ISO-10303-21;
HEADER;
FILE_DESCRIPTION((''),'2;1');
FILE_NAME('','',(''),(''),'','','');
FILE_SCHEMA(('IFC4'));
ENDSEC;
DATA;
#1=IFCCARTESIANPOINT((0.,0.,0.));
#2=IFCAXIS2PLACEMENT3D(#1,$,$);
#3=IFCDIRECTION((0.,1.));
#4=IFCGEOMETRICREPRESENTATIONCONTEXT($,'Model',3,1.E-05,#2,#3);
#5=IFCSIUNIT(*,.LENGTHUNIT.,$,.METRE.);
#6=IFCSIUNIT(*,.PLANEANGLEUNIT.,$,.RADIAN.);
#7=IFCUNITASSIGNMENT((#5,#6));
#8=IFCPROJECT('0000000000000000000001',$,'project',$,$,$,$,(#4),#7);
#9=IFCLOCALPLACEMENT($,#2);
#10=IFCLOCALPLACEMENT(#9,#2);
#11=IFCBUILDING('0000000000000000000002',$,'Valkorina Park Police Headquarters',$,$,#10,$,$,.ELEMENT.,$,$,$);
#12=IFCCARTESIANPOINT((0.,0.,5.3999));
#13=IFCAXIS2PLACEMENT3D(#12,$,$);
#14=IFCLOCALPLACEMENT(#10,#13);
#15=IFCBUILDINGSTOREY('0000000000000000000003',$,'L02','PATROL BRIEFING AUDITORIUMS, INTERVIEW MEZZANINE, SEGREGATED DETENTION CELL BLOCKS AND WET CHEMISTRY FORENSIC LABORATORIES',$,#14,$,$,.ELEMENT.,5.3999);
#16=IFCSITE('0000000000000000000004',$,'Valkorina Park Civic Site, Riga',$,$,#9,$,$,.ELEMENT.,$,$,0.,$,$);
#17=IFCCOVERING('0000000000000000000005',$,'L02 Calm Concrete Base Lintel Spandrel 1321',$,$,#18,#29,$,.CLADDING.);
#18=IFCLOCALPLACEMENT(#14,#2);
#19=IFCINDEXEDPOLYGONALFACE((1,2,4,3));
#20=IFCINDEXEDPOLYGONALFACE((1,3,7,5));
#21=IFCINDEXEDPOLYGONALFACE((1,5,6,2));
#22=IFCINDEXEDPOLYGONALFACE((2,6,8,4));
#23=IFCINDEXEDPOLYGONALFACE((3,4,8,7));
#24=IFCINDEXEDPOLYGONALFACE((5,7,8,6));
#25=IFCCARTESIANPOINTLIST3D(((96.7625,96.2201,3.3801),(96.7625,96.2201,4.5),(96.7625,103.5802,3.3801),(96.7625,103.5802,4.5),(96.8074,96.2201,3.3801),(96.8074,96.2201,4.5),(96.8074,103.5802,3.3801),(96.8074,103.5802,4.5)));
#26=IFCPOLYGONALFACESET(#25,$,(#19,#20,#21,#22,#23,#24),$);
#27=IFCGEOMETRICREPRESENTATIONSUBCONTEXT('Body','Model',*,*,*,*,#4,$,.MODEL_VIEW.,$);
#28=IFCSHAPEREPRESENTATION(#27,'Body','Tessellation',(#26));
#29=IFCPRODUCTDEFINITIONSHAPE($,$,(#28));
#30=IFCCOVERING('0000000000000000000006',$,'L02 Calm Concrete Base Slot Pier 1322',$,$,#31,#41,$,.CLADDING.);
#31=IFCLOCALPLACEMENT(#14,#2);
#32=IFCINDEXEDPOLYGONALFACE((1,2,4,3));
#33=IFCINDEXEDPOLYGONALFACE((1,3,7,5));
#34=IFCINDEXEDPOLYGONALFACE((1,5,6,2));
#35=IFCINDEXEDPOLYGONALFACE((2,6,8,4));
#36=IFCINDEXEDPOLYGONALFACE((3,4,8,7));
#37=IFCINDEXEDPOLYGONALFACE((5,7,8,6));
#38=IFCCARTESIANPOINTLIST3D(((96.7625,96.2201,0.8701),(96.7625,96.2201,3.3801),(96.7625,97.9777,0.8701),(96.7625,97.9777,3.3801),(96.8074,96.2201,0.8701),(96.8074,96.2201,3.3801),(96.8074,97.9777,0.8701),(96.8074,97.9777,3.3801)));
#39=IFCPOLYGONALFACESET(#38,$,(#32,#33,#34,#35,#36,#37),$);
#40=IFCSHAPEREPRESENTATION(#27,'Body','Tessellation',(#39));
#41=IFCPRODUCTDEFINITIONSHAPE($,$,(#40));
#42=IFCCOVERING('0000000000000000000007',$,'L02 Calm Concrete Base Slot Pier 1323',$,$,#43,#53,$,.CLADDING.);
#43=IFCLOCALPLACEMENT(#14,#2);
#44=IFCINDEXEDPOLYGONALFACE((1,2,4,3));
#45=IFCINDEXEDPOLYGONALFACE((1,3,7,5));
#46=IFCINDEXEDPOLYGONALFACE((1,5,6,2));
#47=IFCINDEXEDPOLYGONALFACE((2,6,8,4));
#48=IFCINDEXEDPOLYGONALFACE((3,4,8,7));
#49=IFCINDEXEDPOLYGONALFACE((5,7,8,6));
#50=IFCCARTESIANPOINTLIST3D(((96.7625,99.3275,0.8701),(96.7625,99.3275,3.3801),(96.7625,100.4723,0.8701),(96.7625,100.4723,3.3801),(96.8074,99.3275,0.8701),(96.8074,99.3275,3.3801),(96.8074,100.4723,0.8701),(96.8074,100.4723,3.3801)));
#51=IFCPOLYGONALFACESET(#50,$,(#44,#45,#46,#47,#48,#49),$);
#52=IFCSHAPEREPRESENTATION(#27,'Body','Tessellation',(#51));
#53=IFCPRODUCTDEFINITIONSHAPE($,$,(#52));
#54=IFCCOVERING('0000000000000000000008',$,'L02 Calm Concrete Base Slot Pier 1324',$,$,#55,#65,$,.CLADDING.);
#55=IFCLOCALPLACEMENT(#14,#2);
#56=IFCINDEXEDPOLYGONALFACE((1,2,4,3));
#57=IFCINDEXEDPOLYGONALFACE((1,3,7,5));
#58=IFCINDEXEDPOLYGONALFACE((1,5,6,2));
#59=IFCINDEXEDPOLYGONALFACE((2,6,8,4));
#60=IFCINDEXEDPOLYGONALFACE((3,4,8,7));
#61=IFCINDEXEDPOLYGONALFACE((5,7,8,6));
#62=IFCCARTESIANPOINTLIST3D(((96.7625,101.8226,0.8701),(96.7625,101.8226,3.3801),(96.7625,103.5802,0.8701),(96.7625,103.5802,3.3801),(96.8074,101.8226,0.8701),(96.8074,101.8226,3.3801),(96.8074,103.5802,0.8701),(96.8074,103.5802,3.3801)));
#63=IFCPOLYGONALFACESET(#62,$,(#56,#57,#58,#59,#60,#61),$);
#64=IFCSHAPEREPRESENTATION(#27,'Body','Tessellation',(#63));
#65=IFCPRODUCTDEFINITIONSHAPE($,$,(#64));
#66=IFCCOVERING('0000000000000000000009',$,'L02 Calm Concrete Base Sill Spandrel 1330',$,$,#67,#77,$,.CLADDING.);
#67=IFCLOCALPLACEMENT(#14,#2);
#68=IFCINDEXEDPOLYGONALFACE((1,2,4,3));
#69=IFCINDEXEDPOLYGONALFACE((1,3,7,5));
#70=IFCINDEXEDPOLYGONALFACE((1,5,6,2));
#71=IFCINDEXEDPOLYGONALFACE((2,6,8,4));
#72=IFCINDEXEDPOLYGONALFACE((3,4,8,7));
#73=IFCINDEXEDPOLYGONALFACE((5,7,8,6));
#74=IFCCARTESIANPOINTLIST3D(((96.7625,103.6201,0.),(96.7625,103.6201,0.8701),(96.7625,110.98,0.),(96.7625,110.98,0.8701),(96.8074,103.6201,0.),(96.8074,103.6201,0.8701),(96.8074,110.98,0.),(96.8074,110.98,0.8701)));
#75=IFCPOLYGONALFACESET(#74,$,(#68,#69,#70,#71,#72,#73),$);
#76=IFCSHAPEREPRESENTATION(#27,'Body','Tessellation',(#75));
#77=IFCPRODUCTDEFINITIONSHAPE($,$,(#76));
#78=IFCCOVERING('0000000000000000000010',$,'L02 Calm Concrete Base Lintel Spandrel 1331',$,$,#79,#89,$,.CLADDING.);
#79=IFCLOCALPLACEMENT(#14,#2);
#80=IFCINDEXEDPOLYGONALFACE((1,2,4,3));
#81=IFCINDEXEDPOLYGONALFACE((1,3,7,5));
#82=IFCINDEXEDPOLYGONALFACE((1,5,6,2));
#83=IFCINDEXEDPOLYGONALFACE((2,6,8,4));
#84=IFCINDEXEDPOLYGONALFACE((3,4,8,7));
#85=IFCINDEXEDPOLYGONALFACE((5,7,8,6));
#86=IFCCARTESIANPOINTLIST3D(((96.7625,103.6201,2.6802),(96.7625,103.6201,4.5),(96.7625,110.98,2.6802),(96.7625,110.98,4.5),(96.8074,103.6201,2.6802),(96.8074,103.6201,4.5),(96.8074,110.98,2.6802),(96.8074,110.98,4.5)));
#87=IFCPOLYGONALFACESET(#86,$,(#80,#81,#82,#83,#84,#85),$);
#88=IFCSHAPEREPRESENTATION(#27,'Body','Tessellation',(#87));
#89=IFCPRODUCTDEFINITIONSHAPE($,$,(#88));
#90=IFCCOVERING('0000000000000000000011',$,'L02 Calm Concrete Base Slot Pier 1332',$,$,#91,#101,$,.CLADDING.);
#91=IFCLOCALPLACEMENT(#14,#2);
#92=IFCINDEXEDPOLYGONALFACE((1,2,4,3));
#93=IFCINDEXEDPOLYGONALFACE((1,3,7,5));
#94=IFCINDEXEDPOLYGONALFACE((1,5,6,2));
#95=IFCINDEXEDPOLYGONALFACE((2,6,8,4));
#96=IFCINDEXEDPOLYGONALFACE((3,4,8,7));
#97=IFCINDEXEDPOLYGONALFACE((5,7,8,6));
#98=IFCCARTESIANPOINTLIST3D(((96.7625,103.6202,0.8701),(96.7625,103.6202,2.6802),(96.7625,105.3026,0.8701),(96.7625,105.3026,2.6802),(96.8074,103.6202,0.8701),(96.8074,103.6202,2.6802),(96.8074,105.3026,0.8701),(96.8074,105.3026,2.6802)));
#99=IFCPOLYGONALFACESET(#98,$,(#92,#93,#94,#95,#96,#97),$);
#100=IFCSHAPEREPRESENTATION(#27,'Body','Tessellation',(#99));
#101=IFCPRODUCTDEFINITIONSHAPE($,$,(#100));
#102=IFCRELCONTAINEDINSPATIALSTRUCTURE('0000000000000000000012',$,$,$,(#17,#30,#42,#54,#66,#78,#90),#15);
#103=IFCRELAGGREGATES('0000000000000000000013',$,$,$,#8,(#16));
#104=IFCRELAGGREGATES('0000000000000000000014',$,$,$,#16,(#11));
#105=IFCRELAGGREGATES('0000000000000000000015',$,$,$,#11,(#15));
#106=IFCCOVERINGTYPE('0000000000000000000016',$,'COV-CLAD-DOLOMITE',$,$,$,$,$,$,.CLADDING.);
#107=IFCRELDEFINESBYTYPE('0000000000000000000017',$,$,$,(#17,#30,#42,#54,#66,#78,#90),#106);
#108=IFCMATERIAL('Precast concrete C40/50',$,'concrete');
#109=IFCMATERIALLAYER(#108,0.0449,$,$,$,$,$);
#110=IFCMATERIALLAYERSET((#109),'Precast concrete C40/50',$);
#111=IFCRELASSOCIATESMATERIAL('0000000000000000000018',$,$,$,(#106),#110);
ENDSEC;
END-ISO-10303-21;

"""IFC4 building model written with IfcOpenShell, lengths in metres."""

from ifc_helpers import new_model, si_unit, direction, frame, frame_2d, origin, place, context, subcontext, project, spatial, rectangle, extrude, material, layer, layer_set, type_object, element, save


model = new_model("IFC4")

# Units and contexts
model_context = context("Model", 3, precision=1e-05, world=origin(), true_north=direction((0.0, 1.0)))
body_context = subcontext(model_context, "Body", "Model", "MODEL_VIEW")
ifc_project = project(units=[si_unit("LENGTHUNIT", "METRE"), si_unit("PLANEANGLEUNIT", "RADIAN")], contexts=[model_context])

# Site, building, storey
site_placement = place(None, origin())
site = spatial("IfcSite", under=ifc_project, at=site_placement, Name="Valkorina Park Civic Site, Riga", CompositionType="ELEMENT", RefElevation=0.0)
building_placement = place(site_placement, origin())
building = spatial("IfcBuilding", under=site, at=building_placement, Name="Valkorina Park Police Headquarters", CompositionType="ELEMENT")
storey_placement = place(building_placement, frame((0.0, 0.0, 5.3999)))
storey = spatial("IfcBuildingStorey", under=building, at=storey_placement, Name="L02", Description="PATROL BRIEFING AUDITORIUMS, INTERVIEW MEZZANINE, SEGREGATED DETENTION CELL BLOCKS AND WET CHEMISTRY FORENSIC LABORATORIES", CompositionType="ELEMENT", Elevation=5.3999)

# Coverings
ifc_material_1 = material(Name="Precast concrete C40/50", Category="concrete")
ifc_layer_1 = layer(ifc_material_1, 0.0449)
ifc_layer_set_1 = layer_set([ifc_layer_1], Name="Precast concrete C40/50")
covering_type = type_object("IfcCoveringType", Name="COV-CLAD-DOLOMITE", PredefinedType="CLADDING", material=ifc_layer_set_1)
covering_1_placement = place(storey_placement, frame((96.7849, 96.22, 3.3801), z_axis=(0.0, 0.0, 1.0), x_axis=(0.0, 1.0, 0.0)))
element("IfcCovering", 1, at=covering_1_placement, inside=storey, type_object=covering_type, Name="L02 Calm Concrete Base Lintel Spandrel 1321", PredefinedType="CLADDING", context=body_context, shape_type="SweptSolid", body=[
    extrude(rectangle(XDim=7.3601, YDim=0.0449, at=frame_2d((3.6802, 0.0))), origin(), (0.0, 0.0, 1.0), 1.1199),
])
covering_2_placement = place(storey_placement, frame((96.7849, 96.22, 0.8701), z_axis=(0.0, 0.0, 1.0), x_axis=(0.0, 1.0, 0.0)))
element("IfcCovering", 2, at=covering_2_placement, inside=storey, type_object=covering_type, Name="L02 Calm Concrete Base Slot Pier 1322", PredefinedType="CLADDING", context=body_context, shape_type="SweptSolid", body=[
    extrude(rectangle(XDim=1.7576, YDim=0.0449, at=frame_2d((0.8789, 0.0))), origin(), (0.0, 0.0, 1.0), 2.51),
])
covering_3_placement = place(storey_placement, frame((96.7849, 99.3276, 0.8701), z_axis=(0.0, 0.0, 1.0), x_axis=(0.0, 1.0, 0.0)))
element("IfcCovering", 3, at=covering_3_placement, inside=storey, type_object=covering_type, Name="L02 Calm Concrete Base Slot Pier 1323", PredefinedType="CLADDING", context=body_context, shape_type="SweptSolid", body=[
    extrude(rectangle(XDim=1.1448, YDim=0.0449, at=frame_2d((0.5723, 0.0))), origin(), (0.0, 0.0, 1.0), 2.51),
])
covering_4_placement = place(storey_placement, frame((96.7849, 101.8225, 0.8701), z_axis=(0.0, 0.0, 1.0), x_axis=(0.0, 1.0, 0.0)))
element("IfcCovering", 4, at=covering_4_placement, inside=storey, type_object=covering_type, Name="L02 Calm Concrete Base Slot Pier 1324", PredefinedType="CLADDING", context=body_context, shape_type="SweptSolid", body=[
    extrude(rectangle(XDim=1.7576, YDim=0.0449, at=frame_2d((0.8789, 0.0))), origin(), (0.0, 0.0, 1.0), 2.51),
])
covering_5_placement = place(storey_placement, frame((96.7849, 103.6201, 0.0), z_axis=(0.0, 0.0, 1.0), x_axis=(0.0, 1.0, 0.0)))
element("IfcCovering", 5, at=covering_5_placement, inside=storey, type_object=covering_type, Name="L02 Calm Concrete Base Sill Spandrel 1330", PredefinedType="CLADDING", context=body_context, shape_type="SweptSolid", body=[
    extrude(rectangle(XDim=7.3599, YDim=0.0449, at=frame_2d((3.6799, 0.0))), origin(), (0.0, 0.0, 1.0), 0.8701),
])
covering_6_placement = place(storey_placement, frame((96.7849, 103.6201, 2.6802), z_axis=(0.0, 0.0, 1.0), x_axis=(0.0, 1.0, 0.0)))
element("IfcCovering", 6, at=covering_6_placement, inside=storey, type_object=covering_type, Name="L02 Calm Concrete Base Lintel Spandrel 1331", PredefinedType="CLADDING", context=body_context, shape_type="SweptSolid", body=[
    extrude(rectangle(XDim=7.3599, YDim=0.0449, at=frame_2d((3.6799, 0.0))), origin(), (0.0, 0.0, 1.0), 1.8198),
])
covering_7_placement = place(storey_placement, frame((96.7849, 103.6201, 0.8701), z_axis=(0.0, 0.0, 1.0), x_axis=(0.0, 1.0, 0.0)))
element("IfcCovering", 7, at=covering_7_placement, inside=storey, type_object=covering_type, Name="L02 Calm Concrete Base Slot Pier 1332", PredefinedType="CLADDING", context=body_context, shape_type="SweptSolid", body=[
    extrude(rectangle(XDim=1.6824, YDim=0.0449, at=frame_2d((0.8413, 0.0))), origin(), (0.0, 0.0, 1.0), 1.8101),
])

save(model, "model.ifc")
